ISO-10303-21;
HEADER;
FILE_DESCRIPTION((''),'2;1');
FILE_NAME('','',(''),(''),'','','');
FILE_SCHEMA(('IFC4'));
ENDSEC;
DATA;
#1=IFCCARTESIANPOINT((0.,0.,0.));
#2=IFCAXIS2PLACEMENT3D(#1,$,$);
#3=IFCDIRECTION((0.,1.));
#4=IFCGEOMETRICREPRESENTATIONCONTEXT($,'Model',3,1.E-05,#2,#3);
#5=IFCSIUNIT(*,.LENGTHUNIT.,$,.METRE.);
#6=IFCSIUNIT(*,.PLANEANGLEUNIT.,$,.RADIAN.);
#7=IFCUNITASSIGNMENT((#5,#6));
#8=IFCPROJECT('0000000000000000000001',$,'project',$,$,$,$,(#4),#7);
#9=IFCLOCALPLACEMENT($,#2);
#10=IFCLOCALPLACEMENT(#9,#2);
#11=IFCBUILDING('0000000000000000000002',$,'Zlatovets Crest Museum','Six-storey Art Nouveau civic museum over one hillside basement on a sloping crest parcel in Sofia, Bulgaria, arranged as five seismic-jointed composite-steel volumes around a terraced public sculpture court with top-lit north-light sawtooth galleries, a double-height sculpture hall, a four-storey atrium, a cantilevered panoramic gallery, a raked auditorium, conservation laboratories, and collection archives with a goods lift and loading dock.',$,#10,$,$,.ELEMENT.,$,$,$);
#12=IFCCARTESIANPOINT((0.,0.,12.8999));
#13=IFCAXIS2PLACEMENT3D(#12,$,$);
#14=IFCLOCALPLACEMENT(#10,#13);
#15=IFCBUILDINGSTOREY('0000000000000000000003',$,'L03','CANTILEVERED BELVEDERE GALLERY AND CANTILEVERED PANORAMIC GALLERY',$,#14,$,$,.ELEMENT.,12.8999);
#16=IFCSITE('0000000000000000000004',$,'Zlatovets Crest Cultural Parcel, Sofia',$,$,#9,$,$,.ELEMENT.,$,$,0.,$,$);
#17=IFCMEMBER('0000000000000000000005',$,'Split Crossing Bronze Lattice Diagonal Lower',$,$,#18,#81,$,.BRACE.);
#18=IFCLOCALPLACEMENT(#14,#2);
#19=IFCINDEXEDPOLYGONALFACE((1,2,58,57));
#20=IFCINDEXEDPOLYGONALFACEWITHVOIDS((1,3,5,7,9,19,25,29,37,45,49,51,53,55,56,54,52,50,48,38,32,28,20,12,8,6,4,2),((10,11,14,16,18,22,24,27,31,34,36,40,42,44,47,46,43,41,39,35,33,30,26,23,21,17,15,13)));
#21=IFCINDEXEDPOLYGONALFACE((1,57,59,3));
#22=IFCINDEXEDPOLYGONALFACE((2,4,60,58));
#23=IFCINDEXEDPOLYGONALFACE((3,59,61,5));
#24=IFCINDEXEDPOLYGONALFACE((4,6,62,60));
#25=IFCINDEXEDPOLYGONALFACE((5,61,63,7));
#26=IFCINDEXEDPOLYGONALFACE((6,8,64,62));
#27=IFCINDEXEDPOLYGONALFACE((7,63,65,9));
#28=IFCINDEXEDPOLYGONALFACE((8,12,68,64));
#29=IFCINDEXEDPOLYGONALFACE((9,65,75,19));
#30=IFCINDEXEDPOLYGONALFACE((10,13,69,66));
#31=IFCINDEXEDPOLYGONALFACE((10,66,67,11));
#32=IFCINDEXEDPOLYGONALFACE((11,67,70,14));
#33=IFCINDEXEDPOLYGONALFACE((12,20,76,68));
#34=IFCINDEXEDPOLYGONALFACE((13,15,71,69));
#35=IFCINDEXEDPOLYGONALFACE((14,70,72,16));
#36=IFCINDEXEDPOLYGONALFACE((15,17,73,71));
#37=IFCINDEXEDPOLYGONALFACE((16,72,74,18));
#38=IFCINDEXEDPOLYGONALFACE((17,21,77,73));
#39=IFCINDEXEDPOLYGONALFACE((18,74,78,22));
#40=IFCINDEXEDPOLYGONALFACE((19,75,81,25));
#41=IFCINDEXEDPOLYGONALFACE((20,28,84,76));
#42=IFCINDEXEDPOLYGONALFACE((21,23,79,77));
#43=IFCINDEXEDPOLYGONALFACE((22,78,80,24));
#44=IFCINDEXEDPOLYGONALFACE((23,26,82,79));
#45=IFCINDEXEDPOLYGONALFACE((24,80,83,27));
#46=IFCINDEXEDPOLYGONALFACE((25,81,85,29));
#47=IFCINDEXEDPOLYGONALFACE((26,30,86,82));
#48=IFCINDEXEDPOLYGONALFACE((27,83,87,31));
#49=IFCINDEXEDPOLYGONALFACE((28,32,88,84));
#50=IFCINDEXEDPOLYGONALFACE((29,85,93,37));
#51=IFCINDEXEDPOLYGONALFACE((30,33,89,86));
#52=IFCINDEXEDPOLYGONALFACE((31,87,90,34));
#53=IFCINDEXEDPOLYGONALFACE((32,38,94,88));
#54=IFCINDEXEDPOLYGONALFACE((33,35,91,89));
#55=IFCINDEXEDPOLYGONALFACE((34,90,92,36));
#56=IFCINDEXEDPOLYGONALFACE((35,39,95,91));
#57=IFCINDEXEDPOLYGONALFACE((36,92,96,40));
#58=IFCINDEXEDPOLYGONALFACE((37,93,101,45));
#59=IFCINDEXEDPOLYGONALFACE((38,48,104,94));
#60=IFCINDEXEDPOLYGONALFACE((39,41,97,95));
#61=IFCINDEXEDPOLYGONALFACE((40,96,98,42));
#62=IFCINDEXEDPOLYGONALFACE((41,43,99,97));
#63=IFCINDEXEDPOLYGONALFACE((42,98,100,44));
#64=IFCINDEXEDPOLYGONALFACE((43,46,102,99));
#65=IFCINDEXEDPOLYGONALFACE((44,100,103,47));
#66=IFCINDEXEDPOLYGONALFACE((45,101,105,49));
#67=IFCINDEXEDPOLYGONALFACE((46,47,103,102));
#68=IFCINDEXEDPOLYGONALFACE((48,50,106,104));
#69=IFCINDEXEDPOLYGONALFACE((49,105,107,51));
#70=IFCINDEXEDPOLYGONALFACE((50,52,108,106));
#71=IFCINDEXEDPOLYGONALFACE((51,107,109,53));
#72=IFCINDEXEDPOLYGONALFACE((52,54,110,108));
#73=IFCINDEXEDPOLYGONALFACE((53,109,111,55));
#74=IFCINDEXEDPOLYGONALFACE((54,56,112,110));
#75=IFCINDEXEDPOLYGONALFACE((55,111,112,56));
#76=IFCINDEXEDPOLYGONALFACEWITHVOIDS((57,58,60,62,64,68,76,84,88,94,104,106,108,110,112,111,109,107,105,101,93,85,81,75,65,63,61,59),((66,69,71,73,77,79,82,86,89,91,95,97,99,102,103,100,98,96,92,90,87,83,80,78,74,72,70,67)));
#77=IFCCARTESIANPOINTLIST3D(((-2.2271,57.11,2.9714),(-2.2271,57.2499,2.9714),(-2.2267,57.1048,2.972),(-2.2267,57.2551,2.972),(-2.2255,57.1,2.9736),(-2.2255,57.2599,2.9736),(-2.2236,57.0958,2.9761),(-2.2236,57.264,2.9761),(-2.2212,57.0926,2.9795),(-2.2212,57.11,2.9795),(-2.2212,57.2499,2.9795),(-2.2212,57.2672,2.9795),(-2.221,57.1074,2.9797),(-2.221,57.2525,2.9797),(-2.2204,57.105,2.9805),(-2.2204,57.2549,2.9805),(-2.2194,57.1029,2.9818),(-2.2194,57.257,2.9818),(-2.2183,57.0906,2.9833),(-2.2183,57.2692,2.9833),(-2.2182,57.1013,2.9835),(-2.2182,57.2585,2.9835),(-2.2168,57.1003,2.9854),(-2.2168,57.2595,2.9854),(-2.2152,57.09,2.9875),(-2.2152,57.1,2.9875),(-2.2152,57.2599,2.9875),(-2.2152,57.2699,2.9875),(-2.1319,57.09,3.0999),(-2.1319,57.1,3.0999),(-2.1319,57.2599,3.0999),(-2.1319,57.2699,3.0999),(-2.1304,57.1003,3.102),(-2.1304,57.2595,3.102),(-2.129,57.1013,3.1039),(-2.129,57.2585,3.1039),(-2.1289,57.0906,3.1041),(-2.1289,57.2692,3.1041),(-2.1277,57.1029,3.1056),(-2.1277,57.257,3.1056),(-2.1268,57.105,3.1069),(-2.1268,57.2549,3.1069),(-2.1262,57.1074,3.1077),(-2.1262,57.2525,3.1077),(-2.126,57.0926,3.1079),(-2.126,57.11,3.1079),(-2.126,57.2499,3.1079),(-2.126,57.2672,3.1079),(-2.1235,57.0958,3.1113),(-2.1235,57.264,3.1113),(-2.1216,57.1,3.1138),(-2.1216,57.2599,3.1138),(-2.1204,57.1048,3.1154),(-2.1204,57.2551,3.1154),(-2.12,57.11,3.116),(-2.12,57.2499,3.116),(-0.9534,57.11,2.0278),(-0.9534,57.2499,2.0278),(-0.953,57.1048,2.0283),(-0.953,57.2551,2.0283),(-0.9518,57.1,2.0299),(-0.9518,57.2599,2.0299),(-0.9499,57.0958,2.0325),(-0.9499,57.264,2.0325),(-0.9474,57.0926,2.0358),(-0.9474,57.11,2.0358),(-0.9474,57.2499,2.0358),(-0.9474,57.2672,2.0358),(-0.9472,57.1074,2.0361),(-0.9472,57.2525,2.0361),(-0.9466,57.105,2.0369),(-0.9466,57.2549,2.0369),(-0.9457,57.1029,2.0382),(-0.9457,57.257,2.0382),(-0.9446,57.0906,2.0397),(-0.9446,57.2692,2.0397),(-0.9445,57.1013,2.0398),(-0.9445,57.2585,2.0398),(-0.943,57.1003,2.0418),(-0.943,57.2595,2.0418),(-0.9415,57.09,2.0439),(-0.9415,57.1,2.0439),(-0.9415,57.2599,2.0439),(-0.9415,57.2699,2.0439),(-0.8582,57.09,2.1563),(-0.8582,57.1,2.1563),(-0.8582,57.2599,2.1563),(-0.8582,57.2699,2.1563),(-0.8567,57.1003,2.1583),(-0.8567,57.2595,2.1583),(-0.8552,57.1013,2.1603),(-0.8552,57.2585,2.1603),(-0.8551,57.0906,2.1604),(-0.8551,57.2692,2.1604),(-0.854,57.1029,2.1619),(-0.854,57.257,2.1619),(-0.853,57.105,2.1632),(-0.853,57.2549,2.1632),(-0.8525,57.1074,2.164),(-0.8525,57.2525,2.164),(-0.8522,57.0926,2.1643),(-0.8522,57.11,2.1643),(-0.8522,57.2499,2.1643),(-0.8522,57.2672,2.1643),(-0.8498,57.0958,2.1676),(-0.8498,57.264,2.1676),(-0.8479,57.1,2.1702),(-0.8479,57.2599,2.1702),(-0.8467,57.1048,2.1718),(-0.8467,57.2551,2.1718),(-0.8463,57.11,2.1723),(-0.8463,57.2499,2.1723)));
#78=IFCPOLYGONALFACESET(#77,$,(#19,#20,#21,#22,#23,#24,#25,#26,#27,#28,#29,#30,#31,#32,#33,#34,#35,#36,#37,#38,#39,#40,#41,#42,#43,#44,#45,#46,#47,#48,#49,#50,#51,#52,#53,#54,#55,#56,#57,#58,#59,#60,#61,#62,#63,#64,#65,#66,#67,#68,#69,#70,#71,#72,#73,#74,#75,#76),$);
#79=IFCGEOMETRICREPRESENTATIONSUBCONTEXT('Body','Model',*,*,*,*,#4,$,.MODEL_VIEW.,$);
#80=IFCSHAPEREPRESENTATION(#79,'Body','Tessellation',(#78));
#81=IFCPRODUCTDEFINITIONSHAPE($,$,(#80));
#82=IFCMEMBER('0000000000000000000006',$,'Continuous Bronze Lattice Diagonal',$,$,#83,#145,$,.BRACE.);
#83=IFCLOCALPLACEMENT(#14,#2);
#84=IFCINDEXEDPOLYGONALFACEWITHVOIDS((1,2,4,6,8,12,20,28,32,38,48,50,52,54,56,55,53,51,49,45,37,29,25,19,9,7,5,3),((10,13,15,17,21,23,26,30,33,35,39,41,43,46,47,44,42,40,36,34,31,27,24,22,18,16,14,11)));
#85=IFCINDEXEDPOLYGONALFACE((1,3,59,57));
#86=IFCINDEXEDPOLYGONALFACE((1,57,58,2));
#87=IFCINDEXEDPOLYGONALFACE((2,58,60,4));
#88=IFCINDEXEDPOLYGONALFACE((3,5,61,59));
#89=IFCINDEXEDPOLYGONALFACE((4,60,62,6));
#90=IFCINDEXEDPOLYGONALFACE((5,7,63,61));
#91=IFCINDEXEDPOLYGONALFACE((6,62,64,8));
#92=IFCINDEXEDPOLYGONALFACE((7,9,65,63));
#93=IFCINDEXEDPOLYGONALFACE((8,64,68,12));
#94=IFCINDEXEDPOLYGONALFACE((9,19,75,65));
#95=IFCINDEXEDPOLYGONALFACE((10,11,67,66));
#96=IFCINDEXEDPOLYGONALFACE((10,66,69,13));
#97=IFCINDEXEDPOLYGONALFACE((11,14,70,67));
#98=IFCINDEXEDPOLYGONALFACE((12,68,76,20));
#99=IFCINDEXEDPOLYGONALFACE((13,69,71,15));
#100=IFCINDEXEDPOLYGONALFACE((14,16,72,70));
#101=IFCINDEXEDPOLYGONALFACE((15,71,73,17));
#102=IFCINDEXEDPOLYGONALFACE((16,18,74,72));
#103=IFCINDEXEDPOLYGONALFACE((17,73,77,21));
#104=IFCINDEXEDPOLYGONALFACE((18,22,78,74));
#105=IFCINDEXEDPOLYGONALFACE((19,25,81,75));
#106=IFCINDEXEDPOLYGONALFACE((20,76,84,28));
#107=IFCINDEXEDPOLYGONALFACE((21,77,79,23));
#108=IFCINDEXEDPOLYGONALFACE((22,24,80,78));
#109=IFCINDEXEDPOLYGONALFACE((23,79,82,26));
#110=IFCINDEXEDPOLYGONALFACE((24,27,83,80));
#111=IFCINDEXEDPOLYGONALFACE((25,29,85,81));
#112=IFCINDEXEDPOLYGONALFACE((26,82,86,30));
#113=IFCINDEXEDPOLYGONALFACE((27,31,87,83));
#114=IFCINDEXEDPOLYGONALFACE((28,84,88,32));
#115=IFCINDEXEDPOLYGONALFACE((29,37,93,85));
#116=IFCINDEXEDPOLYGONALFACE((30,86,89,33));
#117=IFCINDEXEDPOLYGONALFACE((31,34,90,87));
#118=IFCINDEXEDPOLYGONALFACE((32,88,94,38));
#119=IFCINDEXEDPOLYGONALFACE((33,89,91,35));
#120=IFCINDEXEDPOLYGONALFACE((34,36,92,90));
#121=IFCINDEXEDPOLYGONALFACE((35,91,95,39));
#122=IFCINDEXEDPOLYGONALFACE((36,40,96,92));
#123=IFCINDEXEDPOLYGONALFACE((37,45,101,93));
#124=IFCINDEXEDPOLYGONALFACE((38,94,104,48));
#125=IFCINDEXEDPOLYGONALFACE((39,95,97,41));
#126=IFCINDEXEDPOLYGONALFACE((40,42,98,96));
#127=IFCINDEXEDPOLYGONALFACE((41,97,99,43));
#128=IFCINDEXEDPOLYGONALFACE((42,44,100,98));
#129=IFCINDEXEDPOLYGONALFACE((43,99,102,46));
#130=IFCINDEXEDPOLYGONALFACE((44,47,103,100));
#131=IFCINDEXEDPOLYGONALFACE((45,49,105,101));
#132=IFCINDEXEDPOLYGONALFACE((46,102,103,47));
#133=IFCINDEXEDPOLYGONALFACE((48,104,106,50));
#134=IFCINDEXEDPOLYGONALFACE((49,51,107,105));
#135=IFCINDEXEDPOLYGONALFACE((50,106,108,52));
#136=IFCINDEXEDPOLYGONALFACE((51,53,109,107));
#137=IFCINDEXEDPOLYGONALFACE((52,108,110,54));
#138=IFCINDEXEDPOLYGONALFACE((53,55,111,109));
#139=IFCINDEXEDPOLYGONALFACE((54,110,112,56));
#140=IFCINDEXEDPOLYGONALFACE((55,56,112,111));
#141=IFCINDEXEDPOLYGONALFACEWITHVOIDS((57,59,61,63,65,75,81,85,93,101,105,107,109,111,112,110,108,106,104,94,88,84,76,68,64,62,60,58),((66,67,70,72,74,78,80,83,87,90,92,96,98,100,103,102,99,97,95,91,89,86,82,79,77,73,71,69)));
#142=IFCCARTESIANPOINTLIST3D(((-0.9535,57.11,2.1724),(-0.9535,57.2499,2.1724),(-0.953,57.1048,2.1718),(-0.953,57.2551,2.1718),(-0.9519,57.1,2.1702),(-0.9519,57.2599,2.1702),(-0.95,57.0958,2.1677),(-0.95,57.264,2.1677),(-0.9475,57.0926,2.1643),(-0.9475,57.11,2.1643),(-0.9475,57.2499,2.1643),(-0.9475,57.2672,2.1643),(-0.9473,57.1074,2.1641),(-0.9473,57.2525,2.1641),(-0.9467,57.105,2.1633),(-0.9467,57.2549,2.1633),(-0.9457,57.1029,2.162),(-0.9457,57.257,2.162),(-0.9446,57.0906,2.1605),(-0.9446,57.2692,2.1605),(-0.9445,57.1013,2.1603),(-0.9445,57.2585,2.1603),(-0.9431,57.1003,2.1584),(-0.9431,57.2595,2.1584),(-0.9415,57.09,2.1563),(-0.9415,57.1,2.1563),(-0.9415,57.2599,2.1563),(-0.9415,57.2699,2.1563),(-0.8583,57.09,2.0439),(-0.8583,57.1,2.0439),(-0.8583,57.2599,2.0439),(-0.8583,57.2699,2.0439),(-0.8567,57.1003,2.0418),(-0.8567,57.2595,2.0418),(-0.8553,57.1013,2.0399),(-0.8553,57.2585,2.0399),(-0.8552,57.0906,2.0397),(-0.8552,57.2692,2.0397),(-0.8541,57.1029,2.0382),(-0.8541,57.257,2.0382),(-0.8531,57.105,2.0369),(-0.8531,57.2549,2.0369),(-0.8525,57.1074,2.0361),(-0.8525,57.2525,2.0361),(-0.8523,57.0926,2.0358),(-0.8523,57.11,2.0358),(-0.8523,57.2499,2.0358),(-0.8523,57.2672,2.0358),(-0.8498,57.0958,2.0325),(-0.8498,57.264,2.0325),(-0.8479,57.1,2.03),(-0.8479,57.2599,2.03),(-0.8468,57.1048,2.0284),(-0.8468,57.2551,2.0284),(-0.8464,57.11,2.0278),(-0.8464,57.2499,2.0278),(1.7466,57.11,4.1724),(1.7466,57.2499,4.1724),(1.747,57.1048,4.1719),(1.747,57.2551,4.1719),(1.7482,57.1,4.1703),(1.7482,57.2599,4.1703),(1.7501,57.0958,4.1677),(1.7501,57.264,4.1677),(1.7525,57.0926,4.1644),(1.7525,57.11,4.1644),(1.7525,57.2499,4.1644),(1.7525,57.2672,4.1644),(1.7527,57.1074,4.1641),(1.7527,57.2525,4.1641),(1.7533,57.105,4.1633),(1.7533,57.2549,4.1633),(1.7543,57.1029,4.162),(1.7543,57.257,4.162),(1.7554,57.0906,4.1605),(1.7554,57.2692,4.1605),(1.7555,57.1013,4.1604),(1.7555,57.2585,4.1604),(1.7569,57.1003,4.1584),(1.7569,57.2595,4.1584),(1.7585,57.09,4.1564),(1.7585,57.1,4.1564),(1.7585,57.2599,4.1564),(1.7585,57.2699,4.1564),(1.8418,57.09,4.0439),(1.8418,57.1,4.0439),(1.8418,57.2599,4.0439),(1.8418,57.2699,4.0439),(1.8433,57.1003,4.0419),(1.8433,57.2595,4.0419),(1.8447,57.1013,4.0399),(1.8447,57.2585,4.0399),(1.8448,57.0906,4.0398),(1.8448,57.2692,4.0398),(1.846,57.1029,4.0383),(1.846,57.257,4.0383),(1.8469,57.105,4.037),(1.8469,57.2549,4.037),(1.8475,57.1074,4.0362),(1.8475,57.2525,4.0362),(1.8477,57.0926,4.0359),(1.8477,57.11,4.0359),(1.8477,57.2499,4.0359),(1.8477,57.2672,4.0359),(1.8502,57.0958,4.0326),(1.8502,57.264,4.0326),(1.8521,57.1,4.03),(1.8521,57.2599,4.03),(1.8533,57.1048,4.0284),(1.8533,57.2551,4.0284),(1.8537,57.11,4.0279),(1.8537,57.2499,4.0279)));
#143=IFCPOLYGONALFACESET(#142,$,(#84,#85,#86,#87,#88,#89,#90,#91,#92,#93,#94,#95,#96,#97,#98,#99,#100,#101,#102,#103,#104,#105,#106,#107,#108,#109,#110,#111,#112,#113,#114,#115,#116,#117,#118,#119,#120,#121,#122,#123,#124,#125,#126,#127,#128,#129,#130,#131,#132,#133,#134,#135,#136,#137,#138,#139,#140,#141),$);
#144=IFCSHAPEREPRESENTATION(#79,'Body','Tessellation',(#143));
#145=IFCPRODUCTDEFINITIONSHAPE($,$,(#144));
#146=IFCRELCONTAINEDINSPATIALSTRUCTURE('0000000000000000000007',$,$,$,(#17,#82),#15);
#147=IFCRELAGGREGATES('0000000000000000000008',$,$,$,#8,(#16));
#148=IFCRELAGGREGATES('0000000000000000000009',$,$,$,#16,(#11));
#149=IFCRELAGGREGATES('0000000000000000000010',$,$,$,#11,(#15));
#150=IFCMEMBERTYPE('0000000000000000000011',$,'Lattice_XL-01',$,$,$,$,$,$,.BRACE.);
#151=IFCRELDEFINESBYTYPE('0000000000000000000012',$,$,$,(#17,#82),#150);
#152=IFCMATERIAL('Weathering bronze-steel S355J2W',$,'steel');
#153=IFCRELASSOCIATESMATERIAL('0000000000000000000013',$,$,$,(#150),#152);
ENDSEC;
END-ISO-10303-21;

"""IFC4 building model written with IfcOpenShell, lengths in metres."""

from ifc_helpers import new_model, si_unit, direction, frame, origin, origin_2d, place, context, subcontext, project, spatial, hollow_rectangle, extrude, material, material_profile, profile_set, type_object, element, save


model = new_model("IFC4")

# Units and contexts
model_context = context("Model", 3, precision=1e-05, world=origin(), true_north=direction((0.0, 1.0)))
body_context = subcontext(model_context, "Body", "Model", "MODEL_VIEW")
ifc_project = project(units=[si_unit("LENGTHUNIT", "METRE"), si_unit("PLANEANGLEUNIT", "RADIAN")], contexts=[model_context])

# Site, building, storey
site_placement = place(None, origin())
site = spatial("IfcSite", under=ifc_project, at=site_placement, Name="Zlatovets Crest Cultural Parcel, Sofia", CompositionType="ELEMENT", RefElevation=0.0)
building_placement = place(site_placement, origin())
building = spatial("IfcBuilding", under=site, at=building_placement, Name="Zlatovets Crest Museum", Description="Six-storey Art Nouveau civic museum over one hillside basement on a sloping crest parcel in Sofia, Bulgaria, arranged as five seismic-jointed composite-steel volumes around a terraced public sculpture court with top-lit north-light sawtooth galleries, a double-height sculpture hall, a four-storey atrium, a cantilevered panoramic gallery, a raked auditorium, conservation laboratories, and collection archives with a goods lift and loading dock.", CompositionType="ELEMENT")
storey_placement = place(building_placement, frame((0.0, 0.0, 12.8999)))
storey = spatial("IfcBuildingStorey", under=building, at=storey_placement, Name="L03", Description="CANTILEVERED BELVEDERE GALLERY AND CANTILEVERED PANORAMIC GALLERY", CompositionType="ELEMENT", Elevation=12.8999)

# Members
ifc_material_1 = material(Name="Weathering bronze-steel S355J2W", Category="steel")
ifc_material_profile_1 = material_profile(ifc_material_1, hollow_rectangle(XDim=0.1799, YDim=0.1799, WallThickness=0.01, InnerFilletRadius=0.01, OuterFilletRadius=0.02, at=origin_2d()), Name="SHS 180x180x10.0")
ifc_profile_set_1 = profile_set([ifc_material_profile_1], Name="Weathering bronze-steel S355J2W")
member_type_1 = type_object("IfcMemberType", Name="Lattice_XL-01", PredefinedType="BRACE", material=ifc_profile_set_1)
for number, where, z_axis, x_axis, name in (
    (1, (-2.1736, 57.1799, 3.0437), (0.803516, 0.0, -0.595283), (0.0, 1.0, 0.0), "Split Crossing Bronze Lattice Diagonal Lower"),
):
    element("IfcMember", number, at=place(storey_placement, frame(where, z_axis=z_axis, x_axis=x_axis)), inside=storey, type_object=member_type_1, Name=name, PredefinedType="BRACE", context=body_context, shape_type="SweptSolid", body=[
        extrude(hollow_rectangle(XDim=0.1799, YDim=0.1799, WallThickness=0.01, InnerFilletRadius=0.01, OuterFilletRadius=0.02, at=origin_2d()), origin(), (0.0, 0.0, 1.0), 1.5852),
    ])
member_1_placement = place(storey_placement, frame((-0.8999, 57.1799, 2.1001), z_axis=(0.803552, 0.0, 0.595235), x_axis=(0.0, 1.0, 0.0)))
element("IfcMember", 2, at=member_1_placement, inside=storey, type_object=member_type_1, Name="Continuous Bronze Lattice Diagonal", PredefinedType="BRACE", context=body_context, shape_type="SweptSolid", body=[
    extrude(hollow_rectangle(XDim=0.1799, YDim=0.1799, WallThickness=0.01, InnerFilletRadius=0.01, OuterFilletRadius=0.02, at=origin_2d()), origin(), (0.0, 0.0, 1.0), 3.3601),
])

save(model, "model.ifc")
